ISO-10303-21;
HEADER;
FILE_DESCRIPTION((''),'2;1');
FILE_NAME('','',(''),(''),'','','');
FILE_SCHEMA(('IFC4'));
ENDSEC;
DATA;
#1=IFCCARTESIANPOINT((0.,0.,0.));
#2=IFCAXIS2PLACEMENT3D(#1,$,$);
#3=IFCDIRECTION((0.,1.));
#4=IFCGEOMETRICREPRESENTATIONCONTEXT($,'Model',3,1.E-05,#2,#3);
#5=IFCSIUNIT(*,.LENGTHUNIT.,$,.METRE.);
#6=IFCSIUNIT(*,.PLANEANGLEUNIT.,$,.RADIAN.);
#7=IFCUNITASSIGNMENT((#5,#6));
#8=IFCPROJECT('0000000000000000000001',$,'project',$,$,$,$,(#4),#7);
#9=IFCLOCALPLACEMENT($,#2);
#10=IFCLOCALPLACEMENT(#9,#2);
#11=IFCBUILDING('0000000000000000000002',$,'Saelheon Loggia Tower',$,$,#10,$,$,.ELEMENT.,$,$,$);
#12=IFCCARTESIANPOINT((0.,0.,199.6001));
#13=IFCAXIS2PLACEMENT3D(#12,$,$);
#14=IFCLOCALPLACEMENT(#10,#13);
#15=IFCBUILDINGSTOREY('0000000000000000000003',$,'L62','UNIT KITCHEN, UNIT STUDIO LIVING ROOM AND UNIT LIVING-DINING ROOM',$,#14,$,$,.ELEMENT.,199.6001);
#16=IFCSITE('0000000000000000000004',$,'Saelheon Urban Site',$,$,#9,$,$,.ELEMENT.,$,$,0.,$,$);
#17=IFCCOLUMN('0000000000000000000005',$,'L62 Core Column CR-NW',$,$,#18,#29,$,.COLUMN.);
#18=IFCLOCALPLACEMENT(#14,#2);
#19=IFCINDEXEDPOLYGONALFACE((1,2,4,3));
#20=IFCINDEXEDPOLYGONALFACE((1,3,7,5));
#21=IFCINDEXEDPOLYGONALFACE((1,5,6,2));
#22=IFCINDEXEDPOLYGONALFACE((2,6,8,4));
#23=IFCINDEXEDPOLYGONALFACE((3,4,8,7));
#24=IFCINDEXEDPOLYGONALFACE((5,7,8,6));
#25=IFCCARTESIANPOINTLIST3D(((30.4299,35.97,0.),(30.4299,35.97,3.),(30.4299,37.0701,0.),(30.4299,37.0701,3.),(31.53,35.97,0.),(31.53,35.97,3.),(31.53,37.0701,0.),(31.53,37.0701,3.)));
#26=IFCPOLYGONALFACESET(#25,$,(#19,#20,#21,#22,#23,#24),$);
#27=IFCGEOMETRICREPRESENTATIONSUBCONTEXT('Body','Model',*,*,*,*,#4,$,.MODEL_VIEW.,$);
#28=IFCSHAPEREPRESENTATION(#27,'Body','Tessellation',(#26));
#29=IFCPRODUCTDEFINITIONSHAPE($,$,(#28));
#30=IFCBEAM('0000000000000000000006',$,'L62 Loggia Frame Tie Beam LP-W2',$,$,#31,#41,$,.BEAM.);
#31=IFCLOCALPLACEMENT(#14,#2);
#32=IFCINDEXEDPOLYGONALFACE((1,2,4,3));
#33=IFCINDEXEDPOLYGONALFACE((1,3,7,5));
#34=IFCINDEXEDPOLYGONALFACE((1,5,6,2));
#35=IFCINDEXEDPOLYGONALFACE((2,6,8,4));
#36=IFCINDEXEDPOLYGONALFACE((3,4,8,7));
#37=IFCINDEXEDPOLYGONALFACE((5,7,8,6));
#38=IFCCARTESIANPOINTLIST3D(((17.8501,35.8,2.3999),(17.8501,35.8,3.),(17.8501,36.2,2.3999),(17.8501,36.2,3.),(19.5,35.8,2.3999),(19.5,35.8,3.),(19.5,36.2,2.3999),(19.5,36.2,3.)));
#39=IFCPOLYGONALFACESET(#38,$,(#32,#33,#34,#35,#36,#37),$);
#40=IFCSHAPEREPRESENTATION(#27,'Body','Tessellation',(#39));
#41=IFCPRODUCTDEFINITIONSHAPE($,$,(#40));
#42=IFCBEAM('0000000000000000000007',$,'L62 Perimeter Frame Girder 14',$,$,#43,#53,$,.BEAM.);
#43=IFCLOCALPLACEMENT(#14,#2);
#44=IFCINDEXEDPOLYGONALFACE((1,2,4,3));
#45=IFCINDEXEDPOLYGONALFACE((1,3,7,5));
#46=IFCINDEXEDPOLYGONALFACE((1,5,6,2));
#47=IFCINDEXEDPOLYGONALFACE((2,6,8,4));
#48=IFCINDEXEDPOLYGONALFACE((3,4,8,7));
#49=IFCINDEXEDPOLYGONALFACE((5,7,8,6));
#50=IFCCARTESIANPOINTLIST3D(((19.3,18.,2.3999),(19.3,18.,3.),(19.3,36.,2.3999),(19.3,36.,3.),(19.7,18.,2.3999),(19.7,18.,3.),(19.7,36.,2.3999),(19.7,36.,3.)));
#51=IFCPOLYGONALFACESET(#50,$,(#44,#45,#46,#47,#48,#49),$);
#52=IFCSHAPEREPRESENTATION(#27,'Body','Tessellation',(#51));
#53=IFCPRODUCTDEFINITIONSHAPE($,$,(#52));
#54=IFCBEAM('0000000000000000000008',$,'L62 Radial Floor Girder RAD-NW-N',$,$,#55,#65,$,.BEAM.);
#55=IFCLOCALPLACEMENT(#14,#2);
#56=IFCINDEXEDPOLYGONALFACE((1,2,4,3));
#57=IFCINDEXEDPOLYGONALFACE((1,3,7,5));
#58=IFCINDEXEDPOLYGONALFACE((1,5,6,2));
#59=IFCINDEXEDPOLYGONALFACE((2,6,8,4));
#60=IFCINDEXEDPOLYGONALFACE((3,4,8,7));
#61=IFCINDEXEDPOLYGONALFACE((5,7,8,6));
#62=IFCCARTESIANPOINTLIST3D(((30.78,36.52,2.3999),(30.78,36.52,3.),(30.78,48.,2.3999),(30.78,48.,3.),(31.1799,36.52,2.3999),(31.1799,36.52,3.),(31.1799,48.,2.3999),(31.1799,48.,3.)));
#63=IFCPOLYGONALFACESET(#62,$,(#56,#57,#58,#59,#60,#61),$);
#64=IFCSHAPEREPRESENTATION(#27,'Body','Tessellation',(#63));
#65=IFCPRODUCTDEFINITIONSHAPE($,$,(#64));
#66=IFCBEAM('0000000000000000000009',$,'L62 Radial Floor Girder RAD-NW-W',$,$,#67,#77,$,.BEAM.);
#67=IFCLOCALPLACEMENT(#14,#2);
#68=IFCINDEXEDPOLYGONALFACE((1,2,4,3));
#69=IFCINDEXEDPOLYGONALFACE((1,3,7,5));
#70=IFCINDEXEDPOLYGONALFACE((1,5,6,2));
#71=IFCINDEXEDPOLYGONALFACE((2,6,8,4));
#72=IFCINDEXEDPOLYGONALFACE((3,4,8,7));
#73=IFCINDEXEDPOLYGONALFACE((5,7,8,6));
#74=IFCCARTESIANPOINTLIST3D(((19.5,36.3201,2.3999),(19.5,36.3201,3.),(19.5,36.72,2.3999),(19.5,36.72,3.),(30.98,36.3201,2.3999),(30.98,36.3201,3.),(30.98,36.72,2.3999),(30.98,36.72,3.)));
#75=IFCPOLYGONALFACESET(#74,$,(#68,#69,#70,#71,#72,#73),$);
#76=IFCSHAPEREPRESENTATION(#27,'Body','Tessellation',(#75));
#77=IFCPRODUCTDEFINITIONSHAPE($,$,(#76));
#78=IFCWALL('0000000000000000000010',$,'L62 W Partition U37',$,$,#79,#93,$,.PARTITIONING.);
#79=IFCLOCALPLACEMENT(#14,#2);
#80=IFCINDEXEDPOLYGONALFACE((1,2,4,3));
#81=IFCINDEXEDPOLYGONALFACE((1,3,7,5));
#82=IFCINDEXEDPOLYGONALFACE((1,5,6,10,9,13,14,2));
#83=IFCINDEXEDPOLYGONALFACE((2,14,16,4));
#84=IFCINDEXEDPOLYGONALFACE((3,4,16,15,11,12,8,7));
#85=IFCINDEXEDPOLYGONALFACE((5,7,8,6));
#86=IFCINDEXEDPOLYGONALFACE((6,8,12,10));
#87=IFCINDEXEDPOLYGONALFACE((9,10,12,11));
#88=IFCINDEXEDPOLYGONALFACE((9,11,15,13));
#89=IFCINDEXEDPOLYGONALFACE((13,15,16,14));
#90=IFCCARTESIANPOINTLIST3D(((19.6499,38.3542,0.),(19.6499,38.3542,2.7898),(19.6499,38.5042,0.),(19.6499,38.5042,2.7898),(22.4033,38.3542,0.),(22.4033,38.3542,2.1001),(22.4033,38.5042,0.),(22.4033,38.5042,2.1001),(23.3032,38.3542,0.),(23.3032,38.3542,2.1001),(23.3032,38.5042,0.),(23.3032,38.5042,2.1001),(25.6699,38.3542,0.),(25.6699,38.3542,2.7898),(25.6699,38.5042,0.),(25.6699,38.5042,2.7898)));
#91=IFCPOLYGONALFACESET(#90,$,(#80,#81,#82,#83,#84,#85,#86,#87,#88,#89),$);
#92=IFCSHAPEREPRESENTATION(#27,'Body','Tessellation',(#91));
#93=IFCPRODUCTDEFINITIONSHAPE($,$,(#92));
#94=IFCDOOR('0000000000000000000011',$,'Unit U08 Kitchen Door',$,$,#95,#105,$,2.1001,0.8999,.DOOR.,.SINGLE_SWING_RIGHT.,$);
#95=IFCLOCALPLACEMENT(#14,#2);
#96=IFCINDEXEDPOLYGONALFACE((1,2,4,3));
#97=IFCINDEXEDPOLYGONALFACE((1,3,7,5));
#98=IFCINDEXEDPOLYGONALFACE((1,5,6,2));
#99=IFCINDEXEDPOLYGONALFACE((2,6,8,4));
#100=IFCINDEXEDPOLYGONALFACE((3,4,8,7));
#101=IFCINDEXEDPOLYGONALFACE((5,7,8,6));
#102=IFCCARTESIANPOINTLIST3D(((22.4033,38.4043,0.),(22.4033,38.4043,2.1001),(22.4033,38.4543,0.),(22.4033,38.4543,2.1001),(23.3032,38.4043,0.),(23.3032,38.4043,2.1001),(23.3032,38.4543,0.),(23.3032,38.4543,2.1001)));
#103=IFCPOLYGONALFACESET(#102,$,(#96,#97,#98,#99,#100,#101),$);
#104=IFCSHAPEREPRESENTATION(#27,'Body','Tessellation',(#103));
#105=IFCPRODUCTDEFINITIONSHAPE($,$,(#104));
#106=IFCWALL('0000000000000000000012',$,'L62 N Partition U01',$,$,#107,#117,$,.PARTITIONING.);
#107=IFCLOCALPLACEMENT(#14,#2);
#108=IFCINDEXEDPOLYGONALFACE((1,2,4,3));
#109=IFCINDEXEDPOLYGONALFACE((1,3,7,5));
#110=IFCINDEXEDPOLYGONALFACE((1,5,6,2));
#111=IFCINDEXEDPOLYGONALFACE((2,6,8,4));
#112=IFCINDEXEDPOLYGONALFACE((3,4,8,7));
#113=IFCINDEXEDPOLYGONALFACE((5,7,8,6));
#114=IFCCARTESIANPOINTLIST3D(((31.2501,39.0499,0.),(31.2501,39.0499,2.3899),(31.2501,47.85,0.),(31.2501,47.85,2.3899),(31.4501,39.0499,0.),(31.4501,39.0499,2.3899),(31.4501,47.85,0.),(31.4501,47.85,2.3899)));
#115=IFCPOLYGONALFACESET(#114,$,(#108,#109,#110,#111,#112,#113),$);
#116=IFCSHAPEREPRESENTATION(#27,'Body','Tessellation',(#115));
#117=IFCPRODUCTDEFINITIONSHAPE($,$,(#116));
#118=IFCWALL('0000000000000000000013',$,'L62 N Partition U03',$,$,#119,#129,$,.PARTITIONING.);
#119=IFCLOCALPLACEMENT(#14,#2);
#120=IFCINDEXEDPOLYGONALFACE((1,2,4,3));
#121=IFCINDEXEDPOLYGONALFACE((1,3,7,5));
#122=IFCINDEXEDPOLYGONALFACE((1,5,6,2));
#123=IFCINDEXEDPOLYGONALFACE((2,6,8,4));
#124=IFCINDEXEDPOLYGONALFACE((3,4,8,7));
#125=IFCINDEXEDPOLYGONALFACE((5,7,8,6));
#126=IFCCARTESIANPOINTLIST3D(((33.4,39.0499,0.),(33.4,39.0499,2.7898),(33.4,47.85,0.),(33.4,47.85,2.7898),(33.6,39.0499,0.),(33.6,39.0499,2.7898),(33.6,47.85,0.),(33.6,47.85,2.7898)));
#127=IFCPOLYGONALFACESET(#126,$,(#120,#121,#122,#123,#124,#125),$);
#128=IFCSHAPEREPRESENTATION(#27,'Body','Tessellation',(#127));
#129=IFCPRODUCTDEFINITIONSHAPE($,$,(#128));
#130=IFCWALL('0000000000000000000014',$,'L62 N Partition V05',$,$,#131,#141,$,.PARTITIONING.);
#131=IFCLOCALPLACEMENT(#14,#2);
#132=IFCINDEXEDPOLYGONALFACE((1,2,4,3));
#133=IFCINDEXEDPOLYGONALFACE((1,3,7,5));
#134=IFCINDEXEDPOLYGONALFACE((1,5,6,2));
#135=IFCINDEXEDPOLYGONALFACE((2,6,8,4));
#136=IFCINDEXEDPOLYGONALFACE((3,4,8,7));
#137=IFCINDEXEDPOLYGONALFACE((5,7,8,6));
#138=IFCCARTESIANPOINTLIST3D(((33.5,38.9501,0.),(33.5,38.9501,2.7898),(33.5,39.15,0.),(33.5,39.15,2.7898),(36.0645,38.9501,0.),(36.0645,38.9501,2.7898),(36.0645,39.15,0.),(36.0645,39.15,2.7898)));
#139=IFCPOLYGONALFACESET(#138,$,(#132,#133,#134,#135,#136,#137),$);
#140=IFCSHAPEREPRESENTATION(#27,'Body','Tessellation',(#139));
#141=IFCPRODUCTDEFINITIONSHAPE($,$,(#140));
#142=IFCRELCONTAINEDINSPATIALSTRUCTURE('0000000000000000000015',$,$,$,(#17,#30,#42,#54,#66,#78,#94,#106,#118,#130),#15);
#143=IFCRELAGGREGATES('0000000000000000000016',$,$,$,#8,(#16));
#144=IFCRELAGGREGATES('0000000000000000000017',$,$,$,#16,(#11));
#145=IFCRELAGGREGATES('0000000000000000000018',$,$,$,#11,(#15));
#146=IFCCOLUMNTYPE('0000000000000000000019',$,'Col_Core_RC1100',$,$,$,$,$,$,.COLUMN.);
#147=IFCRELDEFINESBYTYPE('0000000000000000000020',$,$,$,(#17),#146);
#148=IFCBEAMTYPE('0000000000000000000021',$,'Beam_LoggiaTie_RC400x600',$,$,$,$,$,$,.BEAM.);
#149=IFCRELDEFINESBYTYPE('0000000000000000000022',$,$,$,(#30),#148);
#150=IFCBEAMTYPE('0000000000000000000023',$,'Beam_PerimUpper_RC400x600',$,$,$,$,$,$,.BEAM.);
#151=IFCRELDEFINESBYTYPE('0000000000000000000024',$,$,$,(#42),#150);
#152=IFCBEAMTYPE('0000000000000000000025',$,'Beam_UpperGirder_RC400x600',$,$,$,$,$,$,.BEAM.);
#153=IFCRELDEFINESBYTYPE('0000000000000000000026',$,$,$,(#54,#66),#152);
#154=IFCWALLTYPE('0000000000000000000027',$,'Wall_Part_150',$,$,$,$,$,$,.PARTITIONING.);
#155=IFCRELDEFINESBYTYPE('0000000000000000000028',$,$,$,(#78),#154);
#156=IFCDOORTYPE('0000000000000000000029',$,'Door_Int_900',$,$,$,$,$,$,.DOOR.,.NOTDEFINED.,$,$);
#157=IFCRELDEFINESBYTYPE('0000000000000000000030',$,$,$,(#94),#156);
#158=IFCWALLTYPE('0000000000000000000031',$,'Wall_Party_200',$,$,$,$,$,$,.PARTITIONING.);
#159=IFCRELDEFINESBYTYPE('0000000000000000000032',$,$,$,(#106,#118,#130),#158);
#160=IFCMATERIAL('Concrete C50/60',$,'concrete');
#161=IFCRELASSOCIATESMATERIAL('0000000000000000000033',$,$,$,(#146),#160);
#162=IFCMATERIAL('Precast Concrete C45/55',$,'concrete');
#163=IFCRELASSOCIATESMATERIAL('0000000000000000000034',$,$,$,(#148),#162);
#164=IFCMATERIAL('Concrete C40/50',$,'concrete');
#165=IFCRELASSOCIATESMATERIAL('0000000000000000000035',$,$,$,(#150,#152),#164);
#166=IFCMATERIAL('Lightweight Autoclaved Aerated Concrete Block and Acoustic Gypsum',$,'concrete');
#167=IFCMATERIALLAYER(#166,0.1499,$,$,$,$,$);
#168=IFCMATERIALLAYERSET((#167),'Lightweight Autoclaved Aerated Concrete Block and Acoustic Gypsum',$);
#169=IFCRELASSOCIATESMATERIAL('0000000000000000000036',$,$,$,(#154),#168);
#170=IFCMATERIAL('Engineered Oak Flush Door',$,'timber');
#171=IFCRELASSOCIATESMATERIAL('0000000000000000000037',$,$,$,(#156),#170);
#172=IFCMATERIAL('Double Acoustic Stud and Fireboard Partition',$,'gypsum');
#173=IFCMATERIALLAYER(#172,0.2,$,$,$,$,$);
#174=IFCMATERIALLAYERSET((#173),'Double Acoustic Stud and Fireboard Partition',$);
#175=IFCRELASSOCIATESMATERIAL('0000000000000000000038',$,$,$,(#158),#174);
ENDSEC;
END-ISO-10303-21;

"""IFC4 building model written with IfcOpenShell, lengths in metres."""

from ifc_helpers import new_model, si_unit, direction, frame, frame_2d, origin, origin_2d, place, context, subcontext, project, spatial, rectangle, extrude, source, transform, mapped, material, layer, layer_set, material_profile, profile_set, type_object, element, fill, save


model = new_model("IFC4")

# Units and contexts
model_context = context("Model", 3, precision=1e-05, world=origin(), true_north=direction((0.0, 1.0)))
body_context = subcontext(model_context, "Body", "Model", "MODEL_VIEW")
ifc_project = project(units=[si_unit("LENGTHUNIT", "METRE"), si_unit("PLANEANGLEUNIT", "RADIAN")], contexts=[model_context])

# Site, building, storey
site_placement = place(None, origin())
site = spatial("IfcSite", under=ifc_project, at=site_placement, Name="Saelheon Urban Site", CompositionType="ELEMENT", RefElevation=0.0)
building_placement = place(site_placement, origin())
building = spatial("IfcBuilding", under=site, at=building_placement, Name="Saelheon Loggia Tower", CompositionType="ELEMENT")
storey_placement = place(building_placement, frame((0.0, 0.0, 199.6001)))
storey = spatial("IfcBuildingStorey", under=building, at=storey_placement, Name="L62", Description="UNIT KITCHEN, UNIT STUDIO LIVING ROOM AND UNIT LIVING-DINING ROOM", CompositionType="ELEMENT", Elevation=199.6001)

# Column
ifc_material_1 = material(Name="Concrete C50/60", Category="concrete")
ifc_material_profile_1 = material_profile(ifc_material_1, rectangle(XDim=1.1001, YDim=1.1001, at=origin_2d()), Name="RC-1100x1100")
ifc_profile_set_1 = profile_set([ifc_material_profile_1], Name="Concrete C50/60")
column_type = type_object("IfcColumnType", Name="Col_Core_RC1100", PredefinedType="COLUMN", material=ifc_profile_set_1)
shared_shape_1 = source(origin(), body_context, "Body", "SweptSolid", [
    extrude(rectangle(XDim=1.1001, YDim=1.1001, at=origin_2d()), origin(), (0.0, 0.0, 1.0), 3.0),
])
column_placement = place(storey_placement, frame((30.98, 36.52, 0.0), z_axis=(0.0, 0.0, 1.0), x_axis=(1.0, 0.0, 0.0)))
element("IfcColumn", 1, at=column_placement, inside=storey, type_object=column_type, Name="L62 Core Column CR-NW", PredefinedType="COLUMN", context=body_context, shape_type="MappedRepresentation", body=[
    mapped(shared_shape_1, transform((0.0, 0.0, 0.0), scale=1.0)),
])

# Beams
ifc_material_2 = material(Name="Precast Concrete C45/55", Category="concrete")
ifc_material_profile_2 = material_profile(ifc_material_2, rectangle(XDim=0.3999, YDim=0.6001, at=origin_2d()), Name="RC-400x600")
ifc_profile_set_2 = profile_set([ifc_material_profile_2], Name="Precast Concrete C45/55")
beam_type_1 = type_object("IfcBeamType", Name="Beam_LoggiaTie_RC400x600", PredefinedType="BEAM", material=ifc_profile_set_2)
shared_shape_2 = source(origin(), body_context, "Body", "SweptSolid", [
    extrude(rectangle(XDim=0.3999, YDim=0.6001, at=origin_2d()), origin(), (0.0, 0.0, 1.0), 1.6499),
])
beam_1_placement = place(storey_placement, frame((19.5, 36.0, 2.7), z_axis=(-1.0, 0.0, 0.0), x_axis=(0.0, -1.0, 0.0)))
element("IfcBeam", 2, at=beam_1_placement, inside=storey, type_object=beam_type_1, Name="L62 Loggia Frame Tie Beam LP-W2", PredefinedType="BEAM", context=body_context, shape_type="MappedRepresentation", body=[
    mapped(shared_shape_2, transform((0.0, 0.0, 0.0), scale=1.0)),
])
ifc_material_3 = material(Name="Concrete C40/50", Category="concrete")
ifc_material_profile_3 = material_profile(ifc_material_3, rectangle(XDim=0.3999, YDim=0.6001, at=origin_2d()), Name="RC-400x600")
ifc_profile_set_3 = profile_set([ifc_material_profile_3], Name="Concrete C40/50")
beam_type_2 = type_object("IfcBeamType", Name="Beam_PerimUpper_RC400x600", PredefinedType="BEAM", material=ifc_profile_set_3)
shared_shape_3 = source(origin(), body_context, "Body", "SweptSolid", [
    extrude(rectangle(XDim=0.3999, YDim=0.6001, at=origin_2d()), origin(), (0.0, 0.0, 1.0), 18.0),
])
beam_2_placement = place(storey_placement, frame((19.5, 36.0, 2.7), z_axis=(0.0, -1.0, 0.0), x_axis=(1.0, 0.0, 0.0)))
element("IfcBeam", 3, at=beam_2_placement, inside=storey, type_object=beam_type_2, Name="L62 Perimeter Frame Girder 14", PredefinedType="BEAM", context=body_context, shape_type="MappedRepresentation", body=[
    mapped(shared_shape_3, transform((0.0, 0.0, 0.0), scale=1.0)),
])
ifc_material_profile_4 = material_profile(ifc_material_3, rectangle(XDim=0.3999, YDim=0.6001, at=origin_2d()), Name="RC-400x600")
ifc_profile_set_4 = profile_set([ifc_material_profile_4], Name="Concrete C40/50")
beam_type_3 = type_object("IfcBeamType", Name="Beam_UpperGirder_RC400x600", PredefinedType="BEAM", material=ifc_profile_set_4)
shared_shape_4 = source(origin(), body_context, "Body", "SweptSolid", [
    extrude(rectangle(XDim=0.3999, YDim=0.6001, at=origin_2d()), origin(), (0.0, 0.0, 1.0), 11.48),
])
for number, where, z_axis, x_axis, name in (
    (4, (30.98, 36.52, 2.7), (0.0, 1.0, 0.0), (-1.0, 0.0, 0.0), "L62 Radial Floor Girder RAD-NW-N"),
    (5, (30.98, 36.52, 2.7), (-1.0, 0.0, 0.0), (0.0, -1.0, 0.0), "L62 Radial Floor Girder RAD-NW-W"),
):
    element("IfcBeam", number, at=place(storey_placement, frame(where, z_axis=z_axis, x_axis=x_axis)), inside=storey, type_object=beam_type_3, Name=name, PredefinedType="BEAM", context=body_context, shape_type="MappedRepresentation", body=[
        mapped(shared_shape_4, transform((0.0, 0.0, 0.0), scale=1.0)),
    ])

# Wall, opening, door
ifc_material_4 = material(Name="Lightweight Autoclaved Aerated Concrete Block and Acoustic Gypsum", Category="concrete")
ifc_layer_1 = layer(ifc_material_4, 0.1499)
ifc_layer_set_1 = layer_set([ifc_layer_1], Name="Lightweight Autoclaved Aerated Concrete Block and Acoustic Gypsum")
wall_type_1 = type_object("IfcWallType", Name="Wall_Part_150", PredefinedType="PARTITIONING", material=ifc_layer_set_1)
wall_1_placement = place(storey_placement, frame((25.6699, 38.4292, 0.0), z_axis=(0.0, 0.0, 1.0), x_axis=(-1.0, 0.0, 0.0)))
wall_1 = element("IfcWall", 6, at=wall_1_placement, inside=storey, type_object=wall_type_1, Name="L62 W Partition U37", PredefinedType="PARTITIONING", context=body_context, shape_type="SweptSolid", body=[
    extrude(rectangle(XDim=6.02, YDim=0.1499, at=frame_2d((3.01, 0.0))), origin(), (0.0, 0.0, 1.0), 2.7898),
])
opening_1_placement = place(wall_1_placement, frame((2.3667, 0.0, 0.0)))
opening_1 = element("IfcOpeningElement", 7, at=opening_1_placement, cuts=wall_1, PredefinedType="OPENING", context=body_context, shape_type="SweptSolid", body=[
    extrude(rectangle(XDim=0.8999, YDim=2.1001, at=frame_2d((0.45, 1.05))), frame((0.0, 0.0869, 0.0), z_axis=(0.0, -1.0, 0.0), x_axis=(1.0, 0.0, 0.0)), (0.0, 0.0, 1.0), 0.1738),
])
ifc_material_5 = material(Name="Engineered Oak Flush Door", Category="timber")
door_type_1 = type_object("IfcDoorType", Name="Door_Int_900", OperationType="NOTDEFINED", PredefinedType="DOOR", material=ifc_material_5)
shared_shape_5 = source(origin(), body_context, "Body", "SweptSolid", [
    extrude(rectangle(XDim=0.8999, YDim=2.1001, at=frame_2d((0.45, 1.05))), frame((0.0, 0.0249, 0.0), z_axis=(0.0, -1.0, 0.0), x_axis=(1.0, 0.0, 0.0)), (0.0, 0.0, 1.0), 0.05),
])
door_1_placement = place(opening_1_placement, origin())
door_1 = element("IfcDoor", 8, at=door_1_placement, inside=storey, type_object=door_type_1, Name="Unit U08 Kitchen Door", OperationType="SINGLE_SWING_RIGHT", OverallHeight=2.1001, OverallWidth=0.8999, PredefinedType="DOOR", context=body_context, shape_type="MappedRepresentation", body=[
    mapped(shared_shape_5, transform((0.0, 0.0, 0.0), scale=1.0)),
])
fill(opening_1, door_1)

# Walls
ifc_material_6 = material(Name="Double Acoustic Stud and Fireboard Partition", Category="gypsum")
ifc_layer_2 = layer(ifc_material_6, 0.2)
ifc_layer_set_2 = layer_set([ifc_layer_2], Name="Double Acoustic Stud and Fireboard Partition")
wall_type_2 = type_object("IfcWallType", Name="Wall_Party_200", PredefinedType="PARTITIONING", material=ifc_layer_set_2)
wall_2_placement = place(storey_placement, frame((31.3501, 39.05, 0.0), z_axis=(0.0, 0.0, 1.0), x_axis=(0.0, 1.0, 0.0)))
element("IfcWall", 9, at=wall_2_placement, inside=storey, type_object=wall_type_2, Name="L62 N Partition U01", PredefinedType="PARTITIONING", context=body_context, shape_type="SweptSolid", body=[
    extrude(rectangle(XDim=8.8, YDim=0.2, at=frame_2d((4.3999, 0.0))), origin(), (0.0, 0.0, 1.0), 2.3899),
])
wall_3_placement = place(storey_placement, frame((33.5, 39.05, 0.0), z_axis=(0.0, 0.0, 1.0), x_axis=(0.0, 1.0, 0.0)))
element("IfcWall", 10, at=wall_3_placement, inside=storey, type_object=wall_type_2, Name="L62 N Partition U03", PredefinedType="PARTITIONING", context=body_context, shape_type="SweptSolid", body=[
    extrude(rectangle(XDim=8.8, YDim=0.2, at=frame_2d((4.3999, 0.0))), origin(), (0.0, 0.0, 1.0), 2.7898),
])
wall_4_placement = place(storey_placement, frame((33.5, 39.05, 0.0), z_axis=(0.0, 0.0, 1.0), x_axis=(1.0, 0.0, 0.0)))
element("IfcWall", 11, at=wall_4_placement, inside=storey, type_object=wall_type_2, Name="L62 N Partition V05", PredefinedType="PARTITIONING", context=body_context, shape_type="SweptSolid", body=[
    extrude(rectangle(XDim=2.5645, YDim=0.2, at=frame_2d((1.2822, 0.0))), origin(), (0.0, 0.0, 1.0), 2.7898),
])

save(model, "model.ifc")
